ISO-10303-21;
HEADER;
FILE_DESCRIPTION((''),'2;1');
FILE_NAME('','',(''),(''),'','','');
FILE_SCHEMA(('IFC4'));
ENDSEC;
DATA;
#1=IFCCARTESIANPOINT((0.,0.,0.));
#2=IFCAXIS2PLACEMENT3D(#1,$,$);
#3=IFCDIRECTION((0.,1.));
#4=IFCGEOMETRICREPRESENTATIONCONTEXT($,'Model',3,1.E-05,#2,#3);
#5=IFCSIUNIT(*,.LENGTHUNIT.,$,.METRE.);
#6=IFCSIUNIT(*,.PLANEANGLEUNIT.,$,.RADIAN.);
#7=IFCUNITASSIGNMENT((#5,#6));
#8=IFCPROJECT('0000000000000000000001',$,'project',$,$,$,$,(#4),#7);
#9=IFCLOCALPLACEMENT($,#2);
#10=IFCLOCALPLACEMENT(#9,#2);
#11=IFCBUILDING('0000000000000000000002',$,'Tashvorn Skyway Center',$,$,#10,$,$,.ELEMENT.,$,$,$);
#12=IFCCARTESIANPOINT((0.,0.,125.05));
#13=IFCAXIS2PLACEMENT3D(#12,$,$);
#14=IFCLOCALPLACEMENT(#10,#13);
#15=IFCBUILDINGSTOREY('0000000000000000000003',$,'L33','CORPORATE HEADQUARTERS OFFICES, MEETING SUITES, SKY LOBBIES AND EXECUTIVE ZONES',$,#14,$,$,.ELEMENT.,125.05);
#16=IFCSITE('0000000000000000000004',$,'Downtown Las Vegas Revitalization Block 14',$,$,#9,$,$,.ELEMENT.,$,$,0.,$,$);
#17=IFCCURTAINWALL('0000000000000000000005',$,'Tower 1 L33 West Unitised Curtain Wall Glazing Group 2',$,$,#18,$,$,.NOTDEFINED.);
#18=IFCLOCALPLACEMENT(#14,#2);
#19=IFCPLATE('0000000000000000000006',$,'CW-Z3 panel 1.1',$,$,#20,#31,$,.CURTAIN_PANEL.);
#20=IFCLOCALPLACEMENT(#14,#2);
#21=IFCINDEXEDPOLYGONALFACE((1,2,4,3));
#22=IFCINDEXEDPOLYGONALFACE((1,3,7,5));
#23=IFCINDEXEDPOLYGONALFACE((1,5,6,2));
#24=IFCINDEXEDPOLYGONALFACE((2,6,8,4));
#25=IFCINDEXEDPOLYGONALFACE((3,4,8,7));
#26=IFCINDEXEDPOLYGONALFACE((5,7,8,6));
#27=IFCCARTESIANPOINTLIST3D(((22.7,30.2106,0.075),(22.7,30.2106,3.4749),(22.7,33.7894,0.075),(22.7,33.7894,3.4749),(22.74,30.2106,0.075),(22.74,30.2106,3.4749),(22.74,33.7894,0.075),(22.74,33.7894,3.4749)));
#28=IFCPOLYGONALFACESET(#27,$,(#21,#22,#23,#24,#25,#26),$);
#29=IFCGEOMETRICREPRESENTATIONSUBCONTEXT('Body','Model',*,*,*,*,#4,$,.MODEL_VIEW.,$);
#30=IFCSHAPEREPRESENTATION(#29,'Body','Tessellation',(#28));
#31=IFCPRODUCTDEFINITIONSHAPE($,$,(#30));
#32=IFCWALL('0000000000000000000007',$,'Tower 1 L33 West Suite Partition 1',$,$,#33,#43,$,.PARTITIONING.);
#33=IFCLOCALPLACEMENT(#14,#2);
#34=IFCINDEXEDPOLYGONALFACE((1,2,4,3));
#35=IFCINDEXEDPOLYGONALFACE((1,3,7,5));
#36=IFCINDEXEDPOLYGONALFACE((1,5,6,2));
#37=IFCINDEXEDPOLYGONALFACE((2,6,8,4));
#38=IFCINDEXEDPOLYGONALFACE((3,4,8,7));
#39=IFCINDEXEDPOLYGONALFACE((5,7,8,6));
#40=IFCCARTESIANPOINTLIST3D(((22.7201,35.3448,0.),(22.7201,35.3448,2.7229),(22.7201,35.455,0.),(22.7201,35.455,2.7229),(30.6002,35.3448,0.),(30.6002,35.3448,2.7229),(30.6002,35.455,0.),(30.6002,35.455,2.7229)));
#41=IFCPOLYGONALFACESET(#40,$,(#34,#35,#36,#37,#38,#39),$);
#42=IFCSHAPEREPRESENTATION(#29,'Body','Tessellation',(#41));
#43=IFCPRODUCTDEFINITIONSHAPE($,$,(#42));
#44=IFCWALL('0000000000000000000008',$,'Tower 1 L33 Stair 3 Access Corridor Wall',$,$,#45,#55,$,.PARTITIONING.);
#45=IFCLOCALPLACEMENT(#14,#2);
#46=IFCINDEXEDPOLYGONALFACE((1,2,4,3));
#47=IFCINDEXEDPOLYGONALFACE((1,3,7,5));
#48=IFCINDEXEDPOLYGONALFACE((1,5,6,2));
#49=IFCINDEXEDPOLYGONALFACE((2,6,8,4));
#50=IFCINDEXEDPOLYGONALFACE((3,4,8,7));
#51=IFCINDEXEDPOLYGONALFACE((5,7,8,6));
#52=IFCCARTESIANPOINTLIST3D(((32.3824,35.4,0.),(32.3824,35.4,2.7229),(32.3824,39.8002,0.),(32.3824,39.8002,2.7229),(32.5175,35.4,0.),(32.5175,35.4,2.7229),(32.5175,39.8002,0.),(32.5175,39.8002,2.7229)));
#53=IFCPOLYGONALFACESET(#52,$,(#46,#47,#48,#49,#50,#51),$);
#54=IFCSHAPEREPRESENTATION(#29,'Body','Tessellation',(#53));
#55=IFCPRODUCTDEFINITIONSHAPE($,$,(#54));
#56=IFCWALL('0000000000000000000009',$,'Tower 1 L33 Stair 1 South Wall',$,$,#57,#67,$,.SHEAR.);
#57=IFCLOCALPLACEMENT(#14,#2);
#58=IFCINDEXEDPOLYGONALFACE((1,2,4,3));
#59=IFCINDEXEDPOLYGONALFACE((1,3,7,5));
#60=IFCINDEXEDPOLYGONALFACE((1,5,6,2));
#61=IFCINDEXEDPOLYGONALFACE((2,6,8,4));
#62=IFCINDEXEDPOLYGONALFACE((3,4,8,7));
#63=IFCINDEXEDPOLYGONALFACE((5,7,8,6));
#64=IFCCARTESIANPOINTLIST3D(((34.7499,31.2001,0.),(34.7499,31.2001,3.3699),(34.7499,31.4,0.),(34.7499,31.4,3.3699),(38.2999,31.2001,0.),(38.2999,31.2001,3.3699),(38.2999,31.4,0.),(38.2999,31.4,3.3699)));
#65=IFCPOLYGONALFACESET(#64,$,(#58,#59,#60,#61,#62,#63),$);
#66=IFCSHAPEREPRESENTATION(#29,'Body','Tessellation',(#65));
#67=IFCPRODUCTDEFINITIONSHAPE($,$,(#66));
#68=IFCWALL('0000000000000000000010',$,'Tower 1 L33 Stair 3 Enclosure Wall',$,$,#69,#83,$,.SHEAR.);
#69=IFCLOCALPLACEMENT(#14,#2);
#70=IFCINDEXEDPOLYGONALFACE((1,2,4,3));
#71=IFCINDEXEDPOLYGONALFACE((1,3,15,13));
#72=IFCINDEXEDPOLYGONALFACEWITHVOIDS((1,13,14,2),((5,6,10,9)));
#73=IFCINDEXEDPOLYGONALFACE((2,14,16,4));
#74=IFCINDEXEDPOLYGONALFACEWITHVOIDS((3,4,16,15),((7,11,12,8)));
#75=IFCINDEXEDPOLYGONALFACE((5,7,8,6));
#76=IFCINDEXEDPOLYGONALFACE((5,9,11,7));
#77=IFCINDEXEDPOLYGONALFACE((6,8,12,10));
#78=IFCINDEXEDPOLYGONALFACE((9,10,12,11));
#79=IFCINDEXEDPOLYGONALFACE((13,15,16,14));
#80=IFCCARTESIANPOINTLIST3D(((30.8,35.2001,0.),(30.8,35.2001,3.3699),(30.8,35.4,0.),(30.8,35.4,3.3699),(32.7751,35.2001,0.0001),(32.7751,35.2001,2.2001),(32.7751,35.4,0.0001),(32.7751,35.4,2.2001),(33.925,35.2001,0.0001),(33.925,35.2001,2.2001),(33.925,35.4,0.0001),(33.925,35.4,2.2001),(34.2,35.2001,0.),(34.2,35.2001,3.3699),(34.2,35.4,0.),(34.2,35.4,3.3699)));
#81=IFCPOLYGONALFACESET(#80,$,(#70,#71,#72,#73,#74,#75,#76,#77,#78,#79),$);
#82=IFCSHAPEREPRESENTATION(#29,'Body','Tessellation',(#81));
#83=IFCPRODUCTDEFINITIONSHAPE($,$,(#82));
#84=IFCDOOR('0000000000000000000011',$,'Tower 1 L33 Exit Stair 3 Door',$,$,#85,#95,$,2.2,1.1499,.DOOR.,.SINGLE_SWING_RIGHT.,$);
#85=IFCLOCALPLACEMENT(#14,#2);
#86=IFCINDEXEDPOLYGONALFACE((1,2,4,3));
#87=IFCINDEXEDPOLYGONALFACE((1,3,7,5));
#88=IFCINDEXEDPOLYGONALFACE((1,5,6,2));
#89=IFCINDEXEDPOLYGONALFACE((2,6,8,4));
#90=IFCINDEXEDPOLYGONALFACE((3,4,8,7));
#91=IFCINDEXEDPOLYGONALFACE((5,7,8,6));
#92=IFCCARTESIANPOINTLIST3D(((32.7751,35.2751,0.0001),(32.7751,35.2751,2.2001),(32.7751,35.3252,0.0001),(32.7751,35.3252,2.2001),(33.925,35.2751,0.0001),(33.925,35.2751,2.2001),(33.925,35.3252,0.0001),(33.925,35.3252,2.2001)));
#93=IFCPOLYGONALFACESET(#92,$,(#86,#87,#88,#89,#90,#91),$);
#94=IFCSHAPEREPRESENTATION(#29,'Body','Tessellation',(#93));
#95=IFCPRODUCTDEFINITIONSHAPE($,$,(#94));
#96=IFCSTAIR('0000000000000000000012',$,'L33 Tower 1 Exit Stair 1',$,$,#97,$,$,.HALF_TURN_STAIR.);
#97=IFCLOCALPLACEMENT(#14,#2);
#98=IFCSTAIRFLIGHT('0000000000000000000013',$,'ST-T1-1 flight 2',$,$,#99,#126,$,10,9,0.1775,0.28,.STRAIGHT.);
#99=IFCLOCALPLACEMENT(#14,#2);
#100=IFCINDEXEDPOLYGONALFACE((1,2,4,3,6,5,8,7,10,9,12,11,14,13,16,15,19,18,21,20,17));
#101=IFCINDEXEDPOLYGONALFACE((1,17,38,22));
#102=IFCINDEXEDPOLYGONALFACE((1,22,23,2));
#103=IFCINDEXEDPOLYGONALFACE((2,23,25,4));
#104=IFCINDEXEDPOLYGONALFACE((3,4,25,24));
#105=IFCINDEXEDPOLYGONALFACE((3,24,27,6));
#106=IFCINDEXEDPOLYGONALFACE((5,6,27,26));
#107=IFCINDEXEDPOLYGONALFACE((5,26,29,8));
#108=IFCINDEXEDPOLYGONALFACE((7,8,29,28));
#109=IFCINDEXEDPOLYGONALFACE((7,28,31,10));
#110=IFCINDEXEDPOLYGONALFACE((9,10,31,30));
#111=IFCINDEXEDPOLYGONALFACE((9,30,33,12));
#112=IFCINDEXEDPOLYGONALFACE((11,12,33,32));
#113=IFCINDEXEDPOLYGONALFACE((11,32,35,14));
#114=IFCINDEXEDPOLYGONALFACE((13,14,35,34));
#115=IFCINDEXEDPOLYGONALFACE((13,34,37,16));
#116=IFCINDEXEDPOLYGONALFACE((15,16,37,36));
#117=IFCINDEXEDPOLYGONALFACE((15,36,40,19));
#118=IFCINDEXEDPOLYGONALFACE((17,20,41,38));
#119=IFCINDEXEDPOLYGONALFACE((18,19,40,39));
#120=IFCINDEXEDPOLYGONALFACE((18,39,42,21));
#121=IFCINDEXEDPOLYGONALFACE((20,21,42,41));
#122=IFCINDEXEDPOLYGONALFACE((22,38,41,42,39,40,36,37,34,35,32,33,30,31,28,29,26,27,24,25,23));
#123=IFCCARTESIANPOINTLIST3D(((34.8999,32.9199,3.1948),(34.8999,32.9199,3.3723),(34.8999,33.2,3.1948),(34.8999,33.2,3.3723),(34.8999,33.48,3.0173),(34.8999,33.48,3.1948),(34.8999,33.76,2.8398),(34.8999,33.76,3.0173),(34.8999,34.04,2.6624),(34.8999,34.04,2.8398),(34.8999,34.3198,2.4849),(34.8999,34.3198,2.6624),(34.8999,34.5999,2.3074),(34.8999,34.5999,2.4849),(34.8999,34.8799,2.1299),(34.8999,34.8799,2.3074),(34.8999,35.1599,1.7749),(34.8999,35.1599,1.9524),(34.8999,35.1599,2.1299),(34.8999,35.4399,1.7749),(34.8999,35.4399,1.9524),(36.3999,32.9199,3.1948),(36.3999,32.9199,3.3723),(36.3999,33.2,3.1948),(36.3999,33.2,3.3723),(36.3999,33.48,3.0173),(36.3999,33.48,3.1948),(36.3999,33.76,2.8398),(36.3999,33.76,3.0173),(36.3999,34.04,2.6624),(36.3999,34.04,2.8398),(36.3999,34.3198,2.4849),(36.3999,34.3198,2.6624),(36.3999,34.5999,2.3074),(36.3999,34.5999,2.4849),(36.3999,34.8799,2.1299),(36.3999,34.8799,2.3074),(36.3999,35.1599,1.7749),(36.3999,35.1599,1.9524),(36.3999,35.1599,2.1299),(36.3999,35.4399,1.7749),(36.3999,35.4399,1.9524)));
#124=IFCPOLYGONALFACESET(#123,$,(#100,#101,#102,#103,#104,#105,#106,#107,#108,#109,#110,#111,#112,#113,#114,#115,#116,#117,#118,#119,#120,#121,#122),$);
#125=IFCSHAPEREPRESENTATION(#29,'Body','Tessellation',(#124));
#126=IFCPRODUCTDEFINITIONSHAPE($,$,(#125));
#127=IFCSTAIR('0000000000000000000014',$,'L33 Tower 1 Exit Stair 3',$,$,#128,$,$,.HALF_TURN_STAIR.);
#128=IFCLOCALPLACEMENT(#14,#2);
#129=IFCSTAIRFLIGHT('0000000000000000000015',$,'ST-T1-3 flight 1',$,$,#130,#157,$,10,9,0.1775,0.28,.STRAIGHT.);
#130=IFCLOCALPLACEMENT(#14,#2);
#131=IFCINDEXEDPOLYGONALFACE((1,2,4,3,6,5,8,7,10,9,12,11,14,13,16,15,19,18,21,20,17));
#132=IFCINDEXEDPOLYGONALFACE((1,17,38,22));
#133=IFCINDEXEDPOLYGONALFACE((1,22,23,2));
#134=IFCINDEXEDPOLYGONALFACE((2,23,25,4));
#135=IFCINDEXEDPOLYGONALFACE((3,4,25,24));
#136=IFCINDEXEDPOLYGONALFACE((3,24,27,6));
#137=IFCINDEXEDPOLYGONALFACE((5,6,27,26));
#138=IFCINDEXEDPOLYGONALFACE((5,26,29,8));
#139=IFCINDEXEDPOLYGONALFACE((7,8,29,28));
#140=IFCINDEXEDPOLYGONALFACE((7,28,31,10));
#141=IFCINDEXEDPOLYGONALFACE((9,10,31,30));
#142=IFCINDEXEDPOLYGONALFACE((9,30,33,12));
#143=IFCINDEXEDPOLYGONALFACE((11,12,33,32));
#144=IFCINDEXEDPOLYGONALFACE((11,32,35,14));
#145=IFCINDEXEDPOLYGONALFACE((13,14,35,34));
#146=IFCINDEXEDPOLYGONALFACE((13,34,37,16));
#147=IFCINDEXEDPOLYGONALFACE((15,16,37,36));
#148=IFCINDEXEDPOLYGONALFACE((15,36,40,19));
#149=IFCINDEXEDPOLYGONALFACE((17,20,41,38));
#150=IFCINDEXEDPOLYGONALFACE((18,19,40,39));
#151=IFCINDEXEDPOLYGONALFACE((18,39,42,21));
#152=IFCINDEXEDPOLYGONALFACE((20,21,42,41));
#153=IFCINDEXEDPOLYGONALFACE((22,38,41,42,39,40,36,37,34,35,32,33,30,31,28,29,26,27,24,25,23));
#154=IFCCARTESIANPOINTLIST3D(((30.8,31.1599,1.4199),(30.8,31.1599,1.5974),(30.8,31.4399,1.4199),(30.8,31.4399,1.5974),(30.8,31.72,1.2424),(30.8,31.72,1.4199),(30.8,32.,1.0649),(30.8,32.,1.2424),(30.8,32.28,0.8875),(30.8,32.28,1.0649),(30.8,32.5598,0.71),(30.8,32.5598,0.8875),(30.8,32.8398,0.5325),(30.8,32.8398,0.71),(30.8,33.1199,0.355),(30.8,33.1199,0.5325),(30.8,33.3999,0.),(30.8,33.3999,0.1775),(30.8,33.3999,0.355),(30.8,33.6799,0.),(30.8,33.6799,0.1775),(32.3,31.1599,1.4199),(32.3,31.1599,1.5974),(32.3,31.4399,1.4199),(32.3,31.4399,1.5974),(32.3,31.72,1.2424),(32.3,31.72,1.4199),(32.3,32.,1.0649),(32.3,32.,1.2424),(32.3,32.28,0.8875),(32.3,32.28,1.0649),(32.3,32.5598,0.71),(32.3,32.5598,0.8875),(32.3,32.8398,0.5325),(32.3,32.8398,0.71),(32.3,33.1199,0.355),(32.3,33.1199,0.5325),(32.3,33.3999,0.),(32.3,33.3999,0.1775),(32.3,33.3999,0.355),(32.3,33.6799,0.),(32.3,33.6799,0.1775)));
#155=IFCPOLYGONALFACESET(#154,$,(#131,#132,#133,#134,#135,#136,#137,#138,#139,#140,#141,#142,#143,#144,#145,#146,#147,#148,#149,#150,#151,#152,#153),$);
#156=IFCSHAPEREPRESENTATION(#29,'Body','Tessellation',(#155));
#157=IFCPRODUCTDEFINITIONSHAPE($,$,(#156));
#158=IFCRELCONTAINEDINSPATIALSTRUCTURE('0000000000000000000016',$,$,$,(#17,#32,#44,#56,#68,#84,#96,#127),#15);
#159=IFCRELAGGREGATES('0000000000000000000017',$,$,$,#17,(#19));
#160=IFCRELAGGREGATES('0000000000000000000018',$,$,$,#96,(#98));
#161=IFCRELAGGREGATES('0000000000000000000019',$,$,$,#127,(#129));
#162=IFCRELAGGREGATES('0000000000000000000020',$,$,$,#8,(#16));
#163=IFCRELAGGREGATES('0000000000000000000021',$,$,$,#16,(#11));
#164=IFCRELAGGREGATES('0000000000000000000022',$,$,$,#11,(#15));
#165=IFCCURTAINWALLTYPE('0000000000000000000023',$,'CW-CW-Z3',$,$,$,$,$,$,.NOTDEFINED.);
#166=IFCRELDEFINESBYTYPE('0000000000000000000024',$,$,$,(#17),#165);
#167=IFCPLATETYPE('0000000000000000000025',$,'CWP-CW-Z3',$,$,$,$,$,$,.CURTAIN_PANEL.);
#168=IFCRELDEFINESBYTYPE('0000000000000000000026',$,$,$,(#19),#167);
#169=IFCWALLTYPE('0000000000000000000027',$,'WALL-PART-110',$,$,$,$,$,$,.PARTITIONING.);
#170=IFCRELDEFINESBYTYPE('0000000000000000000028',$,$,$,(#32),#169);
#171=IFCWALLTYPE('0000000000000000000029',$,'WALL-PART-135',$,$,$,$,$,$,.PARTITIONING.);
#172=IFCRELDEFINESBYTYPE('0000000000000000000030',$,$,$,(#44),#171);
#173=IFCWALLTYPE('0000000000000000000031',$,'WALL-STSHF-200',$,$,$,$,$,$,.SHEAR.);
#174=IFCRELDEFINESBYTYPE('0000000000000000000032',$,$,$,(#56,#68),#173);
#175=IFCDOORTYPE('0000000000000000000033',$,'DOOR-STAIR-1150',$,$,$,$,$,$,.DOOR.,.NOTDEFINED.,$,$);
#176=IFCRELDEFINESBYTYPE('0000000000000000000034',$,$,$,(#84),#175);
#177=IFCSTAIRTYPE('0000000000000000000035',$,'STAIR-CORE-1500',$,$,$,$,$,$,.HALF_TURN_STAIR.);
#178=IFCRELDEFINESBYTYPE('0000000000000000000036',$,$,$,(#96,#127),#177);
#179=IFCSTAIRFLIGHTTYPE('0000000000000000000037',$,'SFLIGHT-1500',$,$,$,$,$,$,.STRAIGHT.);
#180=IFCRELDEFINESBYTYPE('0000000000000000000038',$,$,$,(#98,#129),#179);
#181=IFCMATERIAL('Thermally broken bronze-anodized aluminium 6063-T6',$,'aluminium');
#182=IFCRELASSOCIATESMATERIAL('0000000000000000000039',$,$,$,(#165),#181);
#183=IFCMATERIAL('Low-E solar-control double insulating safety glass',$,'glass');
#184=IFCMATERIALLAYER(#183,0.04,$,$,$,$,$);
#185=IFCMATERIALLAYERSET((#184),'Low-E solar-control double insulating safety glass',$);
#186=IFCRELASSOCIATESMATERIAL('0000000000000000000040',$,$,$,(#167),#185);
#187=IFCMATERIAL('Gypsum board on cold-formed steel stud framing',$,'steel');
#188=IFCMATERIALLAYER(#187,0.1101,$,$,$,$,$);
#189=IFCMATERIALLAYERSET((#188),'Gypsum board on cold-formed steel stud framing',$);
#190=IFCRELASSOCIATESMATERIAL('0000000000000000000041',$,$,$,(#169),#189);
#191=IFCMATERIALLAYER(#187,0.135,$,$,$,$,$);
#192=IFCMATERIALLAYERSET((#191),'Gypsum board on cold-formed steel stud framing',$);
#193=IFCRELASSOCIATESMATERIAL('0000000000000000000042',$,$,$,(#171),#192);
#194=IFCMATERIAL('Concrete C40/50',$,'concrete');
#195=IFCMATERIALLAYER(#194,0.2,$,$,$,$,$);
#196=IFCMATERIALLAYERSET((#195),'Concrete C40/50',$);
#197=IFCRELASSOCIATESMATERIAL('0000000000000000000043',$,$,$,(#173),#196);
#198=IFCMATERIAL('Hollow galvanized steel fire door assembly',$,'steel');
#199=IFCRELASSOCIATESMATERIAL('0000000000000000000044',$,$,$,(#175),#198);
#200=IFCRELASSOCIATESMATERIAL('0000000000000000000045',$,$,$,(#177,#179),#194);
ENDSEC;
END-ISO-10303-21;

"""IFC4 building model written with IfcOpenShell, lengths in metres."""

from ifc_helpers import new_model, si_unit, direction, frame, frame_2d, origin, origin_2d, place, context, subcontext, project, spatial, polyline, rectangle, outline, extrude, material, layer, layer_set, type_object, element, fill, aggregate, save


model = new_model("IFC4")

# Units and contexts
model_context = context("Model", 3, precision=1e-05, world=origin(), true_north=direction((0.0, 1.0)))
body_context = subcontext(model_context, "Body", "Model", "MODEL_VIEW")
ifc_project = project(units=[si_unit("LENGTHUNIT", "METRE"), si_unit("PLANEANGLEUNIT", "RADIAN")], contexts=[model_context])

# Site, building, storey
site_placement = place(None, origin())
site = spatial("IfcSite", under=ifc_project, at=site_placement, Name="Downtown Las Vegas Revitalization Block 14", CompositionType="ELEMENT", RefElevation=0.0)
building_placement = place(site_placement, origin())
building = spatial("IfcBuilding", under=site, at=building_placement, Name="Tashvorn Skyway Center", CompositionType="ELEMENT")
storey_placement = place(building_placement, frame((0.0, 0.0, 125.05)))
storey = spatial("IfcBuildingStorey", under=building, at=storey_placement, Name="L33", Description="CORPORATE HEADQUARTERS OFFICES, MEETING SUITES, SKY LOBBIES AND EXECUTIVE ZONES", CompositionType="ELEMENT", Elevation=125.05)

# Curtain wall, plate
ifc_material_1 = material(Name="Thermally broken bronze-anodized aluminium 6063-T6", Category="aluminium")
curtain_wall_type = type_object("IfcCurtainWallType", Name="CW-CW-Z3", PredefinedType="NOTDEFINED", material=ifc_material_1)
curtain_wall_placement = place(storey_placement, origin())
curtain_wall = element("IfcCurtainWall", 1, at=curtain_wall_placement, inside=storey, type_object=curtain_wall_type, Name="Tower 1 L33 West Unitised Curtain Wall Glazing Group 2", PredefinedType="NOTDEFINED")
ifc_material_2 = material(Name="Low-E solar-control double insulating safety glass", Category="glass")
ifc_layer_1 = layer(ifc_material_2, 0.04)
ifc_layer_set_1 = layer_set([ifc_layer_1], Name="Low-E solar-control double insulating safety glass")
plate_type = type_object("IfcPlateType", Name="CWP-CW-Z3", PredefinedType="CURTAIN_PANEL", material=ifc_layer_set_1)
plate_placement = place(storey_placement, frame((22.72, 32.0, 0.075), z_axis=(0.0, 0.0, 1.0), x_axis=(0.0, 1.0, 0.0)))
plate = element("IfcPlate", 2, at=plate_placement, type_object=plate_type, Name="CW-Z3 panel 1.1", PredefinedType="CURTAIN_PANEL", context=body_context, shape_type="SweptSolid", body=[
    extrude(rectangle(XDim=3.5789, YDim=0.04, at=origin_2d()), origin(), (0.0, 0.0, 1.0), 3.3999),
])
aggregate(curtain_wall, [plate])

# Walls
ifc_material_3 = material(Name="Gypsum board on cold-formed steel stud framing", Category="steel")
ifc_layer_2 = layer(ifc_material_3, 0.1101)
ifc_layer_set_2 = layer_set([ifc_layer_2], Name="Gypsum board on cold-formed steel stud framing")
wall_type_1 = type_object("IfcWallType", Name="WALL-PART-110", PredefinedType="PARTITIONING", material=ifc_layer_set_2)
wall_1_placement = place(storey_placement, frame((30.6001, 35.3999, 0.0), z_axis=(0.0, 0.0, 1.0), x_axis=(-1.0, 0.0, 0.0)))
element("IfcWall", 3, at=wall_1_placement, inside=storey, type_object=wall_type_1, Name="Tower 1 L33 West Suite Partition 1", PredefinedType="PARTITIONING", context=body_context, shape_type="SweptSolid", body=[
    extrude(rectangle(XDim=7.8801, YDim=0.1101, at=frame_2d((3.9399, 0.0))), origin(), (0.0, 0.0, 1.0), 2.7229),
])
ifc_layer_3 = layer(ifc_material_3, 0.135)
ifc_layer_set_3 = layer_set([ifc_layer_3], Name="Gypsum board on cold-formed steel stud framing")
wall_type_2 = type_object("IfcWallType", Name="WALL-PART-135", PredefinedType="PARTITIONING", material=ifc_layer_set_3)
wall_2_placement = place(storey_placement, frame((32.45, 35.3999, 0.0), z_axis=(0.0, 0.0, 1.0), x_axis=(0.0, 1.0, 0.0)))
element("IfcWall", 4, at=wall_2_placement, inside=storey, type_object=wall_type_2, Name="Tower 1 L33 Stair 3 Access Corridor Wall", PredefinedType="PARTITIONING", context=body_context, shape_type="SweptSolid", body=[
    extrude(rectangle(XDim=4.4001, YDim=0.135, at=frame_2d((2.2002, 0.0))), origin(), (0.0, 0.0, 1.0), 2.7229),
])
ifc_material_4 = material(Name="Concrete C40/50", Category="concrete")
ifc_layer_4 = layer(ifc_material_4, 0.2)
ifc_layer_set_4 = layer_set([ifc_layer_4], Name="Concrete C40/50")
wall_type_3 = type_object("IfcWallType", Name="WALL-STSHF-200", PredefinedType="SHEAR", material=ifc_layer_set_4)
wall_3_placement = place(storey_placement, frame((34.75, 31.3, 0.0), z_axis=(0.0, 0.0, 1.0), x_axis=(1.0, 0.0, 0.0)))
element("IfcWall", 5, at=wall_3_placement, inside=storey, type_object=wall_type_3, Name="Tower 1 L33 Stair 1 South Wall", PredefinedType="SHEAR", context=body_context, shape_type="SweptSolid", body=[
    extrude(rectangle(XDim=3.55, YDim=0.2, at=frame_2d((1.7749, 0.0))), origin(), (0.0, 0.0, 1.0), 3.3699),
])

# Wall, opening, door
wall_4_placement = place(storey_placement, frame((34.2, 35.3, 0.0), z_axis=(0.0, 0.0, 1.0), x_axis=(-1.0, 0.0, 0.0)))
wall_4 = element("IfcWall", 6, at=wall_4_placement, inside=storey, type_object=wall_type_3, Name="Tower 1 L33 Stair 3 Enclosure Wall", PredefinedType="SHEAR", context=body_context, shape_type="SweptSolid", body=[
    extrude(rectangle(XDim=3.3999, YDim=0.2, at=frame_2d((1.7, 0.0))), origin(), (0.0, 0.0, 1.0), 3.3699),
])
opening_placement = place(wall_4_placement, frame((0.2749, 0.0, 0.0)))
opening = element("IfcOpeningElement", 7, at=opening_placement, cuts=wall_4, PredefinedType="OPENING", context=body_context, shape_type="SweptSolid", body=[
    extrude(rectangle(XDim=1.1499, YDim=2.2, at=frame_2d((0.575, 1.1001))), frame((0.0, 0.1099, 0.0), z_axis=(0.0, -1.0, 0.0), x_axis=(1.0, 0.0, 0.0)), (0.0, 0.0, 1.0), 0.22),
])
ifc_material_5 = material(Name="Hollow galvanized steel fire door assembly", Category="steel")
door_type = type_object("IfcDoorType", Name="DOOR-STAIR-1150", OperationType="NOTDEFINED", PredefinedType="DOOR", material=ifc_material_5)
door_placement = place(opening_placement, origin())
door = element("IfcDoor", 8, at=door_placement, inside=storey, type_object=door_type, Name="Tower 1 L33 Exit Stair 3 Door", OperationType="SINGLE_SWING_RIGHT", OverallHeight=2.2, OverallWidth=1.1499, PredefinedType="DOOR", context=body_context, shape_type="SweptSolid", body=[
    extrude(rectangle(XDim=1.1499, YDim=2.2, at=frame_2d((0.575, 1.1001))), frame((0.0, 0.0249, 0.0), z_axis=(0.0, -1.0, 0.0), x_axis=(1.0, 0.0, 0.0)), (0.0, 0.0, 1.0), 0.05),
])
fill(opening, door)

# Stair, stair flight
stair_type = type_object("IfcStairType", Name="STAIR-CORE-1500", PredefinedType="HALF_TURN_STAIR", material=ifc_material_4)
stair_1_placement = place(storey_placement, origin())
stair_1 = element("IfcStair", 9, at=stair_1_placement, inside=storey, type_object=stair_type, Name="L33 Tower 1 Exit Stair 1", PredefinedType="HALF_TURN_STAIR")
stair_flight_type = type_object("IfcStairFlightType", Name="SFLIGHT-1500", PredefinedType="STRAIGHT", material=ifc_material_4)
stair_flight_1_placement = place(storey_placement, frame((35.6499, 35.4399, 1.7749), z_axis=(0.0, 0.0, 1.0), x_axis=(0.0, -1.0, 0.0)))
stair_flight_1 = element("IfcStairFlight", 10, at=stair_flight_1_placement, type_object=stair_flight_type, Name="ST-T1-1 flight 2", NumberOfRisers=10, NumberOfTreads=9, PredefinedType="STRAIGHT", RiserHeight=0.1775, TreadLength=0.28, context=body_context, shape_type="SweptSolid", body=[
    extrude(outline(polyline([(0.0, 0.0), (0.0, 0.1775), (0.28, 0.1775), (0.28, 0.355), (0.5601, 0.355), (0.5601, 0.5325), (0.8401, 0.5325), (0.8401, 0.71), (1.1201, 0.71), (1.1201, 0.8875), (1.3999, 0.8875), (1.3999, 1.0649), (1.6799, 1.0649), (1.6799, 1.2424), (1.96, 1.2424), (1.96, 1.4199), (2.24, 1.4199), (2.24, 1.5974), (2.52, 1.5974), (2.52, 1.7749), (2.52, 1.4199), (0.28, 0.0), (0.0, 0.0)])), frame((0.0, 0.75, 0.0), z_axis=(0.0, -1.0, 0.0), x_axis=(1.0, 0.0, 0.0)), (0.0, 0.0, 1.0), 1.5),
])
aggregate(stair_1, [stair_flight_1])

# Stair, stair flight
stair_2_placement = place(storey_placement, origin())
stair_2 = element("IfcStair", 11, at=stair_2_placement, inside=storey, type_object=stair_type, Name="L33 Tower 1 Exit Stair 3", PredefinedType="HALF_TURN_STAIR")
stair_flight_2_placement = place(storey_placement, frame((31.55, 33.6799, 0.0), z_axis=(0.0, 0.0, 1.0), x_axis=(0.0, -1.0, 0.0)))
stair_flight_2 = element("IfcStairFlight", 12, at=stair_flight_2_placement, type_object=stair_flight_type, Name="ST-T1-3 flight 1", NumberOfRisers=10, NumberOfTreads=9, PredefinedType="STRAIGHT", RiserHeight=0.1775, TreadLength=0.28, context=body_context, shape_type="SweptSolid", body=[
    extrude(outline(polyline([(0.0, 0.0), (0.0, 0.1775), (0.28, 0.1775), (0.28, 0.355), (0.5601, 0.355), (0.5601, 0.5325), (0.8401, 0.5325), (0.8401, 0.71), (1.1201, 0.71), (1.1201, 0.8875), (1.3999, 0.8875), (1.3999, 1.0649), (1.6799, 1.0649), (1.6799, 1.2424), (1.96, 1.2424), (1.96, 1.4199), (2.24, 1.4199), (2.24, 1.5974), (2.52, 1.5974), (2.52, 1.7749), (2.52, 1.4199), (0.28, 0.0), (0.0, 0.0)])), frame((0.0, 0.75, 0.0), z_axis=(0.0, -1.0, 0.0), x_axis=(1.0, 0.0, 0.0)), (0.0, 0.0, 1.0), 1.5),
])
aggregate(stair_2, [stair_flight_2])

save(model, "model.ifc")
